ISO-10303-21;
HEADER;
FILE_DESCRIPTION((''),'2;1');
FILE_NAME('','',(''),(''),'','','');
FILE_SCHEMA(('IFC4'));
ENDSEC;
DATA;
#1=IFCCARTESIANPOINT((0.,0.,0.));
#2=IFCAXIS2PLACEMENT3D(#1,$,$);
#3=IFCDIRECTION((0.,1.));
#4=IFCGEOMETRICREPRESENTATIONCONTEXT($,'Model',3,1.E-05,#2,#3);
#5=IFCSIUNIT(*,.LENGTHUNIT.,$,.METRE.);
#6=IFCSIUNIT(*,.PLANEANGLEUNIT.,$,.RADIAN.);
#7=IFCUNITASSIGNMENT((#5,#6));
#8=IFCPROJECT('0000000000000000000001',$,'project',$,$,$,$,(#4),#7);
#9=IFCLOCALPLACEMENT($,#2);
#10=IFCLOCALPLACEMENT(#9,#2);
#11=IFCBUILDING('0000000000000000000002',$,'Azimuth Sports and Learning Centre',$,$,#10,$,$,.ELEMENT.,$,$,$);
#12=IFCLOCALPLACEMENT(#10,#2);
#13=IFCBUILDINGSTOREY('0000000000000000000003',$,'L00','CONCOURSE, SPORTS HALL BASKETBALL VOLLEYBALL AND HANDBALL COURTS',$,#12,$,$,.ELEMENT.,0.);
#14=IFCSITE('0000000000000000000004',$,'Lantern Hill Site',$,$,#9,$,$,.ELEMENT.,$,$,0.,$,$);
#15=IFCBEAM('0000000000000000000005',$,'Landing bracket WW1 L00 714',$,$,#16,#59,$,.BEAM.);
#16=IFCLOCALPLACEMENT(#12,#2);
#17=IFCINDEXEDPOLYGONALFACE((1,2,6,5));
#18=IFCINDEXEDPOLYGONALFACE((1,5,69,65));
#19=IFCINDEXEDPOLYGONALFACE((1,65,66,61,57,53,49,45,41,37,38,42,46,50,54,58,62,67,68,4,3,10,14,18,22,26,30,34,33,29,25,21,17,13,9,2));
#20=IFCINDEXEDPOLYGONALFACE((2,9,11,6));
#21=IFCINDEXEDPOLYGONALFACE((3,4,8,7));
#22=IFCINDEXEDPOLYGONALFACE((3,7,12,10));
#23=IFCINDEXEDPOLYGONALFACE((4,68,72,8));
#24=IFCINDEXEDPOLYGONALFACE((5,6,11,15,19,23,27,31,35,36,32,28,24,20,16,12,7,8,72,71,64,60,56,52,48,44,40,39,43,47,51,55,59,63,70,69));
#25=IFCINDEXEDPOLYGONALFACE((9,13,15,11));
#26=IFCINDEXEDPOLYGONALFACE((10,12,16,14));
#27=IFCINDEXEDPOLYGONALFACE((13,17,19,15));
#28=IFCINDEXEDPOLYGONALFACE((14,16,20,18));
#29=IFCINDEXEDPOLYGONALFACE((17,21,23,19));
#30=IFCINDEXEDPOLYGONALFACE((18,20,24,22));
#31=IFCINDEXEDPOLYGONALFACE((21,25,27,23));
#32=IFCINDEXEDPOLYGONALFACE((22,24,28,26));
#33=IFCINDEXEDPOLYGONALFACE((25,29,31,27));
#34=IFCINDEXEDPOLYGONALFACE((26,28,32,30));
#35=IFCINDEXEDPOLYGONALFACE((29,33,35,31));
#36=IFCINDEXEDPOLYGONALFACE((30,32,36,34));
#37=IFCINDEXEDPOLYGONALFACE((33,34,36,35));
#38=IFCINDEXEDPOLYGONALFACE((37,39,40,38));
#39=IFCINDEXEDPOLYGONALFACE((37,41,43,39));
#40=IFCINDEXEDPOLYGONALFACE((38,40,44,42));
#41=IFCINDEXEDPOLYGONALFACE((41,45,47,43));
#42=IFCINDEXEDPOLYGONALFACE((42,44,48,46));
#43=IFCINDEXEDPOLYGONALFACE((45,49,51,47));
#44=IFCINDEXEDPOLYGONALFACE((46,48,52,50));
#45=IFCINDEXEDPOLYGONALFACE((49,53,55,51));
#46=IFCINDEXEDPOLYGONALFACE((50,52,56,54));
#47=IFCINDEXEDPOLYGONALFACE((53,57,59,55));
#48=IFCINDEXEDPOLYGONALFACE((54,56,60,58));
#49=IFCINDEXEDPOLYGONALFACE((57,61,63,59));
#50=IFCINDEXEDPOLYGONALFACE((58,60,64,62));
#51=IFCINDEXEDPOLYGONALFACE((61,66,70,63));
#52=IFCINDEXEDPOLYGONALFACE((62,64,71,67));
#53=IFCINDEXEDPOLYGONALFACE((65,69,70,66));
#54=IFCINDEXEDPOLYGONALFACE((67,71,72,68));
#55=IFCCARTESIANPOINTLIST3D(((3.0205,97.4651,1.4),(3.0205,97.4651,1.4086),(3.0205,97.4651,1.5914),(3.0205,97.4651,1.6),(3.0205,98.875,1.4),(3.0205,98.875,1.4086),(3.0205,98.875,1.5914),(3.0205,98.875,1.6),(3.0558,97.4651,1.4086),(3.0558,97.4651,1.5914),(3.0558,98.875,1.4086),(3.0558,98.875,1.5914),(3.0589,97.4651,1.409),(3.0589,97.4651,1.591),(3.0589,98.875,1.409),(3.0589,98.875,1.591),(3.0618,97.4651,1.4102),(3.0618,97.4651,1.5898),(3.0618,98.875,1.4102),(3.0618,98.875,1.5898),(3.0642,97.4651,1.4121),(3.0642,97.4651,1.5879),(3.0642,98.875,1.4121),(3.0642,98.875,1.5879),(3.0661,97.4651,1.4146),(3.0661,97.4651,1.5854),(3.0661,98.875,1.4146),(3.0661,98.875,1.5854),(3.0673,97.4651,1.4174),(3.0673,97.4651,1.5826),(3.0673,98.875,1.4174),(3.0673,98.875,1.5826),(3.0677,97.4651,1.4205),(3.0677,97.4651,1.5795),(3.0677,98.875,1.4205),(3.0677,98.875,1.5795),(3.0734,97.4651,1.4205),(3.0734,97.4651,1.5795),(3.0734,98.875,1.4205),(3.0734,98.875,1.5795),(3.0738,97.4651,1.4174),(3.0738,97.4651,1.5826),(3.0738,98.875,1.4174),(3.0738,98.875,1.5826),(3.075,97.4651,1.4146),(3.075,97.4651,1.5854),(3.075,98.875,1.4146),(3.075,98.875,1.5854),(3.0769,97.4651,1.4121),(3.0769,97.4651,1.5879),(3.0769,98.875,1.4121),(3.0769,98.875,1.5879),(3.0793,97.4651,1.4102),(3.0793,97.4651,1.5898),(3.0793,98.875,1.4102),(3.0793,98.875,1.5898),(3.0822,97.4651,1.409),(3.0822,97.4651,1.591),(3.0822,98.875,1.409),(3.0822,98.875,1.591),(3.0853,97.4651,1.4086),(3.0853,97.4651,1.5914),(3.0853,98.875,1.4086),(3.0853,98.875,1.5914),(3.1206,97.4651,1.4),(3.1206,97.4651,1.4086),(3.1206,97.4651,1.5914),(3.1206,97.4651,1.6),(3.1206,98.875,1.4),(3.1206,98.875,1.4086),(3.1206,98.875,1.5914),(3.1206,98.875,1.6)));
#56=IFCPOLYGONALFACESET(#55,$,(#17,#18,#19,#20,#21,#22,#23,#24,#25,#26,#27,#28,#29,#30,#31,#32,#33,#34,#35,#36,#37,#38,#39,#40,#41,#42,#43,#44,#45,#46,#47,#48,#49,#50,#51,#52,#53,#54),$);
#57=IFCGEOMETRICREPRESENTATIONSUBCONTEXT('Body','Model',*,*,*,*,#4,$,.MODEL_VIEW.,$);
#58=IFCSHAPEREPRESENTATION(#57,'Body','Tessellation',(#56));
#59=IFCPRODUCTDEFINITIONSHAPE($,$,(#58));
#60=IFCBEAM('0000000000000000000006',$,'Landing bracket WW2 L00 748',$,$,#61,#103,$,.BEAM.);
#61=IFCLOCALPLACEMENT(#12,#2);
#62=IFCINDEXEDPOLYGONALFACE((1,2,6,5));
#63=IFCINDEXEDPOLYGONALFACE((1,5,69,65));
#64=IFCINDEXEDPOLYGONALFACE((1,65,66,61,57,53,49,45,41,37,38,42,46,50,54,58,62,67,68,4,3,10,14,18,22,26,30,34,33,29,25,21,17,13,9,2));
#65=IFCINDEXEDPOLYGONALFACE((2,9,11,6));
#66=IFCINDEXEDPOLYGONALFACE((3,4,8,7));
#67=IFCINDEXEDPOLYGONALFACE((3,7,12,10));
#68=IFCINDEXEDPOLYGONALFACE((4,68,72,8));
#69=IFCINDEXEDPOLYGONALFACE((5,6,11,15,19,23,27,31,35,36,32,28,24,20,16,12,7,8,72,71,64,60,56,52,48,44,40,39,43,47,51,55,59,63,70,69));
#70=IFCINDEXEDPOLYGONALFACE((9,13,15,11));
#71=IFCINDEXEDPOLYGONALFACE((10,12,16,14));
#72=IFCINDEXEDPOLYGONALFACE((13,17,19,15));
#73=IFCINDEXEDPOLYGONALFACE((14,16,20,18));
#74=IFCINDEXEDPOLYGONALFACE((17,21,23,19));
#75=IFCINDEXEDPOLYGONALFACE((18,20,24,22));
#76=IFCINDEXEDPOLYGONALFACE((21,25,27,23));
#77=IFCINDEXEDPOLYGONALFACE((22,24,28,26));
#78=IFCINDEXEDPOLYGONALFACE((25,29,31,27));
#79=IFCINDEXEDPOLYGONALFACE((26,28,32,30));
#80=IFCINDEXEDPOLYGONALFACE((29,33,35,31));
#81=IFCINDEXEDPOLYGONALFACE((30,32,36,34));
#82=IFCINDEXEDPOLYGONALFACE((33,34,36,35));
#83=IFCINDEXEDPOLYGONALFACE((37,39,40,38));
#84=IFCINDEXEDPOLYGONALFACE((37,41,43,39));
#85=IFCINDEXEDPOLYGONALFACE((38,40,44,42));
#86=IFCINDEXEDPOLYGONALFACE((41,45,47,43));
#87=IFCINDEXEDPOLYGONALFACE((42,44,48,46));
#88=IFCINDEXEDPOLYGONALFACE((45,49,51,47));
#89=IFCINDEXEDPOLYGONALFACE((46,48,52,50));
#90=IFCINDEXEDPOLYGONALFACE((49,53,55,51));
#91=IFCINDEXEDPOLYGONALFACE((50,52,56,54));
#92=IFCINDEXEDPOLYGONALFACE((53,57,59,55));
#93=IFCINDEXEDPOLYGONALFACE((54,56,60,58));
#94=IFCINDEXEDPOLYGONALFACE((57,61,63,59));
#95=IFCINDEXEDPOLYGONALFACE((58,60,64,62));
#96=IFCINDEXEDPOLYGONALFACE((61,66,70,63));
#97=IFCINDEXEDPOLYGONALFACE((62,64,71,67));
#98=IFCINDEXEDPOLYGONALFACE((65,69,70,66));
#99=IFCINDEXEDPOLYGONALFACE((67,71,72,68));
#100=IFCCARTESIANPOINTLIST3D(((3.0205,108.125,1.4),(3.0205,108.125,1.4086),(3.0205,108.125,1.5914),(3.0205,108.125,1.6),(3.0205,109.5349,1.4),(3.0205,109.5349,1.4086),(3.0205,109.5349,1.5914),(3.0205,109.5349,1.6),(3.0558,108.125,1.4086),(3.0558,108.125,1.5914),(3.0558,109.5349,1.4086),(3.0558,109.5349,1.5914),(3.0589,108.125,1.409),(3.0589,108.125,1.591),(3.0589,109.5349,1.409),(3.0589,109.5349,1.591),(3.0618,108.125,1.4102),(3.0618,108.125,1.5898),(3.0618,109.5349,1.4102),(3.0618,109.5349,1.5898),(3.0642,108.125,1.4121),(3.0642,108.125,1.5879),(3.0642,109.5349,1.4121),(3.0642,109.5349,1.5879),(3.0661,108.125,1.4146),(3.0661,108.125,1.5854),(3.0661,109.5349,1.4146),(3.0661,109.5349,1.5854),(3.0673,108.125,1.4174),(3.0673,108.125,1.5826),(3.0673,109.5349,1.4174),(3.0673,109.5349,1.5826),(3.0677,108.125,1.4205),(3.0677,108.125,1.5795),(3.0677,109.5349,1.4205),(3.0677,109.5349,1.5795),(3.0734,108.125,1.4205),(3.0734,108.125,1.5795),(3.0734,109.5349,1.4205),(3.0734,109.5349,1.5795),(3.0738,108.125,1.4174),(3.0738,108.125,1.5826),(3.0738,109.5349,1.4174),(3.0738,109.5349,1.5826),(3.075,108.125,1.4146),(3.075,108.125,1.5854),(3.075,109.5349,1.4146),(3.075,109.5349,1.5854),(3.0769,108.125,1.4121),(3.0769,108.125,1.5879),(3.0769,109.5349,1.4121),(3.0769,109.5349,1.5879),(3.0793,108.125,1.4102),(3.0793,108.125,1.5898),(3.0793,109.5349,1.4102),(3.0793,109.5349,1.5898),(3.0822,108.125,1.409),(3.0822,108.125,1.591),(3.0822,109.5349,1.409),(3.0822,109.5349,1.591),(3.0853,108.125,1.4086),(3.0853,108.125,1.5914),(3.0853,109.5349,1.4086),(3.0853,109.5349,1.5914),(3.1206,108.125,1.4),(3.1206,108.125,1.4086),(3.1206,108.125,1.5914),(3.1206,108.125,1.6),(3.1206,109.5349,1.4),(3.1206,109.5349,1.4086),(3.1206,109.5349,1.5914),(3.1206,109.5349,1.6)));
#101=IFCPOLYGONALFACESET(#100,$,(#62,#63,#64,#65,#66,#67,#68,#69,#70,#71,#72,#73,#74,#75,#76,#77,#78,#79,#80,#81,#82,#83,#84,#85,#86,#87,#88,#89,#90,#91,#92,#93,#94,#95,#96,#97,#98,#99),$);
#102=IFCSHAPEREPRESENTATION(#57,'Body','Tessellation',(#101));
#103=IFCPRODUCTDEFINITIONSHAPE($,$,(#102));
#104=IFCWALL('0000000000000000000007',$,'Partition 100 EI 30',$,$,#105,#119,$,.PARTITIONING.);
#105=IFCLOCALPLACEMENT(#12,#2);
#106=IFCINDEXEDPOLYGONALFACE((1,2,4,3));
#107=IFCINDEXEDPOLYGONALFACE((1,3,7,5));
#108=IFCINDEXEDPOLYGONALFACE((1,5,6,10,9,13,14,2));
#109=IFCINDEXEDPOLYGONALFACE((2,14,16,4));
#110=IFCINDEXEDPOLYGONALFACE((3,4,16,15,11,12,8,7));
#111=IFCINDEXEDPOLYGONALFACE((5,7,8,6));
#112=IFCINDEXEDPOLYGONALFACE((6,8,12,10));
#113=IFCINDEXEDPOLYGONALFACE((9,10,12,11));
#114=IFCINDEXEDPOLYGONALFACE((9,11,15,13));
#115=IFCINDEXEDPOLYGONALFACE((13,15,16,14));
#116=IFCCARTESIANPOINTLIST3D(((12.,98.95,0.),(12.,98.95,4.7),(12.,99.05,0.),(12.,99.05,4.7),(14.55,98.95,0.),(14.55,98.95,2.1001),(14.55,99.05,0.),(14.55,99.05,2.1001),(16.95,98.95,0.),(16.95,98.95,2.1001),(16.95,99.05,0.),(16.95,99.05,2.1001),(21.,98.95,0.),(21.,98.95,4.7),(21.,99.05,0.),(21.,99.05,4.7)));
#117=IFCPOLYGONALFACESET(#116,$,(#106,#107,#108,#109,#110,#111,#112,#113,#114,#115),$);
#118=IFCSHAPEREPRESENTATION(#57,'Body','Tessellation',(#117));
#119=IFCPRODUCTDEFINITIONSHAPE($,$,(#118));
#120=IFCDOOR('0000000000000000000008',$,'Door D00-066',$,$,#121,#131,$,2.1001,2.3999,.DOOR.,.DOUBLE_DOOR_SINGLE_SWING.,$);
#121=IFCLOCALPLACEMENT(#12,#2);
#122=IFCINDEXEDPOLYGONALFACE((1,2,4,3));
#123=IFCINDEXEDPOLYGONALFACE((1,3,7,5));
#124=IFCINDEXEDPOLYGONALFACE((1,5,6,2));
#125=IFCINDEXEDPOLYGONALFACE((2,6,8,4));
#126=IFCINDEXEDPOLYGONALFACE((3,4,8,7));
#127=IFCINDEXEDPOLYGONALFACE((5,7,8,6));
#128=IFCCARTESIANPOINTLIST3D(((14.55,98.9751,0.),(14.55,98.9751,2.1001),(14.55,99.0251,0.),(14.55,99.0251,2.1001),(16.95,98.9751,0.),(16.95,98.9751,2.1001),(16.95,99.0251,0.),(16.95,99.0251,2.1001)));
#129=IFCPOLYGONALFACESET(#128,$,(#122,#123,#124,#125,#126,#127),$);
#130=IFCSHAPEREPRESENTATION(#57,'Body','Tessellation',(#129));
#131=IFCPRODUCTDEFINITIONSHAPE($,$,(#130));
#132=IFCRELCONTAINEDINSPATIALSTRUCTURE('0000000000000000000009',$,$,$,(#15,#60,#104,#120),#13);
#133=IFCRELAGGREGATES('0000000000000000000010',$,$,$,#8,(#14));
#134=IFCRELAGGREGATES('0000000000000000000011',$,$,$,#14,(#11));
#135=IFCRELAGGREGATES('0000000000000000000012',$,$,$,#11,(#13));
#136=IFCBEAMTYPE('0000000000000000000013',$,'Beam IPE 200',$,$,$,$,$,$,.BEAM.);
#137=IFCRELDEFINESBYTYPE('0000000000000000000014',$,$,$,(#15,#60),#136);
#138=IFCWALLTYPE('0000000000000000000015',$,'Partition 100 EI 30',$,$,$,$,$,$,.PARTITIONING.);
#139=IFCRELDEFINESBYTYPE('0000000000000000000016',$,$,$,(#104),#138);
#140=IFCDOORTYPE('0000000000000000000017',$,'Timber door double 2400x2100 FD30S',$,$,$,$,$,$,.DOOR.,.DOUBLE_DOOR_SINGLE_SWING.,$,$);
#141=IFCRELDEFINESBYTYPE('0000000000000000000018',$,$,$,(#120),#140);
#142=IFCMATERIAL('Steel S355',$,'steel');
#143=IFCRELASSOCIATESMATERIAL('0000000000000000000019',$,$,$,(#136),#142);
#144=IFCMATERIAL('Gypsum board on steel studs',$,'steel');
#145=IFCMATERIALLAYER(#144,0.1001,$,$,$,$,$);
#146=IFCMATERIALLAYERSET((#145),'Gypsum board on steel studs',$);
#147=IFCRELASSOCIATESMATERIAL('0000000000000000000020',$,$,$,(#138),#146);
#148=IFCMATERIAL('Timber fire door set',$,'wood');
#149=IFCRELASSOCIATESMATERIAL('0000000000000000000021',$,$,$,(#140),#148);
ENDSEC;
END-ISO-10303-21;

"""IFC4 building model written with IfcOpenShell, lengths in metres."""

from ifc_helpers import new_model, si_unit, direction, frame, frame_2d, origin, origin_2d, place, context, subcontext, project, spatial, rectangle, i_section, extrude, material, layer, layer_set, material_profile, profile_set, type_object, element, fill, save


model = new_model("IFC4")

# Units and contexts
model_context = context("Model", 3, precision=1e-05, world=origin(), true_north=direction((0.0, 1.0)))
body_context = subcontext(model_context, "Body", "Model", "MODEL_VIEW")
ifc_project = project(units=[si_unit("LENGTHUNIT", "METRE"), si_unit("PLANEANGLEUNIT", "RADIAN")], contexts=[model_context])

# Site, building, storey
site_placement = place(None, origin())
site = spatial("IfcSite", under=ifc_project, at=site_placement, Name="Lantern Hill Site", CompositionType="ELEMENT", RefElevation=0.0)
building_placement = place(site_placement, origin())
building = spatial("IfcBuilding", under=site, at=building_placement, Name="Azimuth Sports and Learning Centre", CompositionType="ELEMENT")
storey_placement = place(building_placement, origin())
storey = spatial("IfcBuildingStorey", under=building, at=storey_placement, Name="L00", Description="CONCOURSE, SPORTS HALL BASKETBALL VOLLEYBALL AND HANDBALL COURTS", CompositionType="ELEMENT", Elevation=0.0)

# Beams
ifc_material_1 = material(Name="Steel S355", Category="steel")
ifc_material_profile_1 = material_profile(ifc_material_1, i_section(OverallWidth=0.1001, OverallDepth=0.2, WebThickness=0.0056, FlangeThickness=0.0085, FilletRadius=0.012, at=origin_2d()), Name="IPE 200")
ifc_profile_set_1 = profile_set([ifc_material_profile_1], Name="Steel S355")
beam_type = type_object("IfcBeamType", Name="Beam IPE 200", PredefinedType="BEAM", material=ifc_profile_set_1)
for number, where, z_axis, x_axis, name in (
    (1, (3.0706, 98.875, 1.5), (0.0, -1.0, 0.0), (1.0, 0.0, 0.0), "Landing bracket WW1 L00 714"),
    (2, (3.0706, 108.125, 1.5), (0.0, 1.0, 0.0), (-1.0, 0.0, 0.0), "Landing bracket WW2 L00 748"),
):
    element("IfcBeam", number, at=place(storey_placement, frame(where, z_axis=z_axis, x_axis=x_axis)), inside=storey, type_object=beam_type, Name=name, PredefinedType="BEAM", context=body_context, shape_type="SweptSolid", body=[
        extrude(i_section(OverallWidth=0.1001, OverallDepth=0.2, WebThickness=0.0056, FlangeThickness=0.0085, FilletRadius=0.012, at=origin_2d()), origin(), (0.0, 0.0, 1.0), 1.4099),
    ])

# Wall, opening, door
ifc_material_2 = material(Name="Gypsum board on steel studs", Category="steel")
ifc_layer_1 = layer(ifc_material_2, 0.1001)
ifc_layer_set_1 = layer_set([ifc_layer_1], Name="Gypsum board on steel studs")
wall_type_1 = type_object("IfcWallType", Name="Partition 100 EI 30", PredefinedType="PARTITIONING", material=ifc_layer_set_1)
wall_1_placement = place(storey_placement, frame((12.0, 99.0, 0.0), z_axis=(0.0, 0.0, 1.0), x_axis=(1.0, 0.0, 0.0)))
wall_1 = element("IfcWall", 3, at=wall_1_placement, inside=storey, type_object=wall_type_1, Name="Partition 100 EI 30", PredefinedType="PARTITIONING", context=body_context, shape_type="SweptSolid", body=[
    extrude(rectangle(XDim=9.0, YDim=0.1001, at=frame_2d((4.5, 0.0))), origin(), (0.0, 0.0, 1.0), 4.7),
])
opening_1_placement = place(wall_1_placement, frame((2.55, 0.0, 0.0)))
opening_1 = element("IfcOpeningElement", 4, at=opening_1_placement, cuts=wall_1, PredefinedType="OPENING", context=body_context, shape_type="SweptSolid", body=[
    extrude(rectangle(XDim=2.3999, YDim=2.1001, at=frame_2d((1.2, 1.05))), frame((0.0, 0.061, 0.0), z_axis=(0.0, -1.0, 0.0), x_axis=(1.0, 0.0, 0.0)), (0.0, 0.0, 1.0), 0.1221),
])
ifc_material_3 = material(Name="Timber fire door set", Category="wood")
door_type_1 = type_object("IfcDoorType", Name="Timber door double 2400x2100 FD30S", OperationType="DOUBLE_DOOR_SINGLE_SWING", PredefinedType="DOOR", material=ifc_material_3)
door_1_placement = place(opening_1_placement, frame((2.3999, 0.0, 0.0), z_axis=(0.0, 0.0, 1.0), x_axis=(-1.0, 0.0, 0.0)))
door_1 = element("IfcDoor", 5, at=door_1_placement, inside=storey, type_object=door_type_1, Name="Door D00-066", OperationType="DOUBLE_DOOR_SINGLE_SWING", OverallHeight=2.1001, OverallWidth=2.3999, PredefinedType="DOOR", context=body_context, shape_type="SweptSolid", body=[
    extrude(rectangle(XDim=2.3999, YDim=2.1001, at=frame_2d((1.2, 1.05))), frame((0.0, 0.0249, 0.0), z_axis=(0.0, -1.0, 0.0), x_axis=(1.0, 0.0, 0.0)), (0.0, 0.0, 1.0), 0.05),
])
fill(opening_1, door_1)

save(model, "model.ifc")
